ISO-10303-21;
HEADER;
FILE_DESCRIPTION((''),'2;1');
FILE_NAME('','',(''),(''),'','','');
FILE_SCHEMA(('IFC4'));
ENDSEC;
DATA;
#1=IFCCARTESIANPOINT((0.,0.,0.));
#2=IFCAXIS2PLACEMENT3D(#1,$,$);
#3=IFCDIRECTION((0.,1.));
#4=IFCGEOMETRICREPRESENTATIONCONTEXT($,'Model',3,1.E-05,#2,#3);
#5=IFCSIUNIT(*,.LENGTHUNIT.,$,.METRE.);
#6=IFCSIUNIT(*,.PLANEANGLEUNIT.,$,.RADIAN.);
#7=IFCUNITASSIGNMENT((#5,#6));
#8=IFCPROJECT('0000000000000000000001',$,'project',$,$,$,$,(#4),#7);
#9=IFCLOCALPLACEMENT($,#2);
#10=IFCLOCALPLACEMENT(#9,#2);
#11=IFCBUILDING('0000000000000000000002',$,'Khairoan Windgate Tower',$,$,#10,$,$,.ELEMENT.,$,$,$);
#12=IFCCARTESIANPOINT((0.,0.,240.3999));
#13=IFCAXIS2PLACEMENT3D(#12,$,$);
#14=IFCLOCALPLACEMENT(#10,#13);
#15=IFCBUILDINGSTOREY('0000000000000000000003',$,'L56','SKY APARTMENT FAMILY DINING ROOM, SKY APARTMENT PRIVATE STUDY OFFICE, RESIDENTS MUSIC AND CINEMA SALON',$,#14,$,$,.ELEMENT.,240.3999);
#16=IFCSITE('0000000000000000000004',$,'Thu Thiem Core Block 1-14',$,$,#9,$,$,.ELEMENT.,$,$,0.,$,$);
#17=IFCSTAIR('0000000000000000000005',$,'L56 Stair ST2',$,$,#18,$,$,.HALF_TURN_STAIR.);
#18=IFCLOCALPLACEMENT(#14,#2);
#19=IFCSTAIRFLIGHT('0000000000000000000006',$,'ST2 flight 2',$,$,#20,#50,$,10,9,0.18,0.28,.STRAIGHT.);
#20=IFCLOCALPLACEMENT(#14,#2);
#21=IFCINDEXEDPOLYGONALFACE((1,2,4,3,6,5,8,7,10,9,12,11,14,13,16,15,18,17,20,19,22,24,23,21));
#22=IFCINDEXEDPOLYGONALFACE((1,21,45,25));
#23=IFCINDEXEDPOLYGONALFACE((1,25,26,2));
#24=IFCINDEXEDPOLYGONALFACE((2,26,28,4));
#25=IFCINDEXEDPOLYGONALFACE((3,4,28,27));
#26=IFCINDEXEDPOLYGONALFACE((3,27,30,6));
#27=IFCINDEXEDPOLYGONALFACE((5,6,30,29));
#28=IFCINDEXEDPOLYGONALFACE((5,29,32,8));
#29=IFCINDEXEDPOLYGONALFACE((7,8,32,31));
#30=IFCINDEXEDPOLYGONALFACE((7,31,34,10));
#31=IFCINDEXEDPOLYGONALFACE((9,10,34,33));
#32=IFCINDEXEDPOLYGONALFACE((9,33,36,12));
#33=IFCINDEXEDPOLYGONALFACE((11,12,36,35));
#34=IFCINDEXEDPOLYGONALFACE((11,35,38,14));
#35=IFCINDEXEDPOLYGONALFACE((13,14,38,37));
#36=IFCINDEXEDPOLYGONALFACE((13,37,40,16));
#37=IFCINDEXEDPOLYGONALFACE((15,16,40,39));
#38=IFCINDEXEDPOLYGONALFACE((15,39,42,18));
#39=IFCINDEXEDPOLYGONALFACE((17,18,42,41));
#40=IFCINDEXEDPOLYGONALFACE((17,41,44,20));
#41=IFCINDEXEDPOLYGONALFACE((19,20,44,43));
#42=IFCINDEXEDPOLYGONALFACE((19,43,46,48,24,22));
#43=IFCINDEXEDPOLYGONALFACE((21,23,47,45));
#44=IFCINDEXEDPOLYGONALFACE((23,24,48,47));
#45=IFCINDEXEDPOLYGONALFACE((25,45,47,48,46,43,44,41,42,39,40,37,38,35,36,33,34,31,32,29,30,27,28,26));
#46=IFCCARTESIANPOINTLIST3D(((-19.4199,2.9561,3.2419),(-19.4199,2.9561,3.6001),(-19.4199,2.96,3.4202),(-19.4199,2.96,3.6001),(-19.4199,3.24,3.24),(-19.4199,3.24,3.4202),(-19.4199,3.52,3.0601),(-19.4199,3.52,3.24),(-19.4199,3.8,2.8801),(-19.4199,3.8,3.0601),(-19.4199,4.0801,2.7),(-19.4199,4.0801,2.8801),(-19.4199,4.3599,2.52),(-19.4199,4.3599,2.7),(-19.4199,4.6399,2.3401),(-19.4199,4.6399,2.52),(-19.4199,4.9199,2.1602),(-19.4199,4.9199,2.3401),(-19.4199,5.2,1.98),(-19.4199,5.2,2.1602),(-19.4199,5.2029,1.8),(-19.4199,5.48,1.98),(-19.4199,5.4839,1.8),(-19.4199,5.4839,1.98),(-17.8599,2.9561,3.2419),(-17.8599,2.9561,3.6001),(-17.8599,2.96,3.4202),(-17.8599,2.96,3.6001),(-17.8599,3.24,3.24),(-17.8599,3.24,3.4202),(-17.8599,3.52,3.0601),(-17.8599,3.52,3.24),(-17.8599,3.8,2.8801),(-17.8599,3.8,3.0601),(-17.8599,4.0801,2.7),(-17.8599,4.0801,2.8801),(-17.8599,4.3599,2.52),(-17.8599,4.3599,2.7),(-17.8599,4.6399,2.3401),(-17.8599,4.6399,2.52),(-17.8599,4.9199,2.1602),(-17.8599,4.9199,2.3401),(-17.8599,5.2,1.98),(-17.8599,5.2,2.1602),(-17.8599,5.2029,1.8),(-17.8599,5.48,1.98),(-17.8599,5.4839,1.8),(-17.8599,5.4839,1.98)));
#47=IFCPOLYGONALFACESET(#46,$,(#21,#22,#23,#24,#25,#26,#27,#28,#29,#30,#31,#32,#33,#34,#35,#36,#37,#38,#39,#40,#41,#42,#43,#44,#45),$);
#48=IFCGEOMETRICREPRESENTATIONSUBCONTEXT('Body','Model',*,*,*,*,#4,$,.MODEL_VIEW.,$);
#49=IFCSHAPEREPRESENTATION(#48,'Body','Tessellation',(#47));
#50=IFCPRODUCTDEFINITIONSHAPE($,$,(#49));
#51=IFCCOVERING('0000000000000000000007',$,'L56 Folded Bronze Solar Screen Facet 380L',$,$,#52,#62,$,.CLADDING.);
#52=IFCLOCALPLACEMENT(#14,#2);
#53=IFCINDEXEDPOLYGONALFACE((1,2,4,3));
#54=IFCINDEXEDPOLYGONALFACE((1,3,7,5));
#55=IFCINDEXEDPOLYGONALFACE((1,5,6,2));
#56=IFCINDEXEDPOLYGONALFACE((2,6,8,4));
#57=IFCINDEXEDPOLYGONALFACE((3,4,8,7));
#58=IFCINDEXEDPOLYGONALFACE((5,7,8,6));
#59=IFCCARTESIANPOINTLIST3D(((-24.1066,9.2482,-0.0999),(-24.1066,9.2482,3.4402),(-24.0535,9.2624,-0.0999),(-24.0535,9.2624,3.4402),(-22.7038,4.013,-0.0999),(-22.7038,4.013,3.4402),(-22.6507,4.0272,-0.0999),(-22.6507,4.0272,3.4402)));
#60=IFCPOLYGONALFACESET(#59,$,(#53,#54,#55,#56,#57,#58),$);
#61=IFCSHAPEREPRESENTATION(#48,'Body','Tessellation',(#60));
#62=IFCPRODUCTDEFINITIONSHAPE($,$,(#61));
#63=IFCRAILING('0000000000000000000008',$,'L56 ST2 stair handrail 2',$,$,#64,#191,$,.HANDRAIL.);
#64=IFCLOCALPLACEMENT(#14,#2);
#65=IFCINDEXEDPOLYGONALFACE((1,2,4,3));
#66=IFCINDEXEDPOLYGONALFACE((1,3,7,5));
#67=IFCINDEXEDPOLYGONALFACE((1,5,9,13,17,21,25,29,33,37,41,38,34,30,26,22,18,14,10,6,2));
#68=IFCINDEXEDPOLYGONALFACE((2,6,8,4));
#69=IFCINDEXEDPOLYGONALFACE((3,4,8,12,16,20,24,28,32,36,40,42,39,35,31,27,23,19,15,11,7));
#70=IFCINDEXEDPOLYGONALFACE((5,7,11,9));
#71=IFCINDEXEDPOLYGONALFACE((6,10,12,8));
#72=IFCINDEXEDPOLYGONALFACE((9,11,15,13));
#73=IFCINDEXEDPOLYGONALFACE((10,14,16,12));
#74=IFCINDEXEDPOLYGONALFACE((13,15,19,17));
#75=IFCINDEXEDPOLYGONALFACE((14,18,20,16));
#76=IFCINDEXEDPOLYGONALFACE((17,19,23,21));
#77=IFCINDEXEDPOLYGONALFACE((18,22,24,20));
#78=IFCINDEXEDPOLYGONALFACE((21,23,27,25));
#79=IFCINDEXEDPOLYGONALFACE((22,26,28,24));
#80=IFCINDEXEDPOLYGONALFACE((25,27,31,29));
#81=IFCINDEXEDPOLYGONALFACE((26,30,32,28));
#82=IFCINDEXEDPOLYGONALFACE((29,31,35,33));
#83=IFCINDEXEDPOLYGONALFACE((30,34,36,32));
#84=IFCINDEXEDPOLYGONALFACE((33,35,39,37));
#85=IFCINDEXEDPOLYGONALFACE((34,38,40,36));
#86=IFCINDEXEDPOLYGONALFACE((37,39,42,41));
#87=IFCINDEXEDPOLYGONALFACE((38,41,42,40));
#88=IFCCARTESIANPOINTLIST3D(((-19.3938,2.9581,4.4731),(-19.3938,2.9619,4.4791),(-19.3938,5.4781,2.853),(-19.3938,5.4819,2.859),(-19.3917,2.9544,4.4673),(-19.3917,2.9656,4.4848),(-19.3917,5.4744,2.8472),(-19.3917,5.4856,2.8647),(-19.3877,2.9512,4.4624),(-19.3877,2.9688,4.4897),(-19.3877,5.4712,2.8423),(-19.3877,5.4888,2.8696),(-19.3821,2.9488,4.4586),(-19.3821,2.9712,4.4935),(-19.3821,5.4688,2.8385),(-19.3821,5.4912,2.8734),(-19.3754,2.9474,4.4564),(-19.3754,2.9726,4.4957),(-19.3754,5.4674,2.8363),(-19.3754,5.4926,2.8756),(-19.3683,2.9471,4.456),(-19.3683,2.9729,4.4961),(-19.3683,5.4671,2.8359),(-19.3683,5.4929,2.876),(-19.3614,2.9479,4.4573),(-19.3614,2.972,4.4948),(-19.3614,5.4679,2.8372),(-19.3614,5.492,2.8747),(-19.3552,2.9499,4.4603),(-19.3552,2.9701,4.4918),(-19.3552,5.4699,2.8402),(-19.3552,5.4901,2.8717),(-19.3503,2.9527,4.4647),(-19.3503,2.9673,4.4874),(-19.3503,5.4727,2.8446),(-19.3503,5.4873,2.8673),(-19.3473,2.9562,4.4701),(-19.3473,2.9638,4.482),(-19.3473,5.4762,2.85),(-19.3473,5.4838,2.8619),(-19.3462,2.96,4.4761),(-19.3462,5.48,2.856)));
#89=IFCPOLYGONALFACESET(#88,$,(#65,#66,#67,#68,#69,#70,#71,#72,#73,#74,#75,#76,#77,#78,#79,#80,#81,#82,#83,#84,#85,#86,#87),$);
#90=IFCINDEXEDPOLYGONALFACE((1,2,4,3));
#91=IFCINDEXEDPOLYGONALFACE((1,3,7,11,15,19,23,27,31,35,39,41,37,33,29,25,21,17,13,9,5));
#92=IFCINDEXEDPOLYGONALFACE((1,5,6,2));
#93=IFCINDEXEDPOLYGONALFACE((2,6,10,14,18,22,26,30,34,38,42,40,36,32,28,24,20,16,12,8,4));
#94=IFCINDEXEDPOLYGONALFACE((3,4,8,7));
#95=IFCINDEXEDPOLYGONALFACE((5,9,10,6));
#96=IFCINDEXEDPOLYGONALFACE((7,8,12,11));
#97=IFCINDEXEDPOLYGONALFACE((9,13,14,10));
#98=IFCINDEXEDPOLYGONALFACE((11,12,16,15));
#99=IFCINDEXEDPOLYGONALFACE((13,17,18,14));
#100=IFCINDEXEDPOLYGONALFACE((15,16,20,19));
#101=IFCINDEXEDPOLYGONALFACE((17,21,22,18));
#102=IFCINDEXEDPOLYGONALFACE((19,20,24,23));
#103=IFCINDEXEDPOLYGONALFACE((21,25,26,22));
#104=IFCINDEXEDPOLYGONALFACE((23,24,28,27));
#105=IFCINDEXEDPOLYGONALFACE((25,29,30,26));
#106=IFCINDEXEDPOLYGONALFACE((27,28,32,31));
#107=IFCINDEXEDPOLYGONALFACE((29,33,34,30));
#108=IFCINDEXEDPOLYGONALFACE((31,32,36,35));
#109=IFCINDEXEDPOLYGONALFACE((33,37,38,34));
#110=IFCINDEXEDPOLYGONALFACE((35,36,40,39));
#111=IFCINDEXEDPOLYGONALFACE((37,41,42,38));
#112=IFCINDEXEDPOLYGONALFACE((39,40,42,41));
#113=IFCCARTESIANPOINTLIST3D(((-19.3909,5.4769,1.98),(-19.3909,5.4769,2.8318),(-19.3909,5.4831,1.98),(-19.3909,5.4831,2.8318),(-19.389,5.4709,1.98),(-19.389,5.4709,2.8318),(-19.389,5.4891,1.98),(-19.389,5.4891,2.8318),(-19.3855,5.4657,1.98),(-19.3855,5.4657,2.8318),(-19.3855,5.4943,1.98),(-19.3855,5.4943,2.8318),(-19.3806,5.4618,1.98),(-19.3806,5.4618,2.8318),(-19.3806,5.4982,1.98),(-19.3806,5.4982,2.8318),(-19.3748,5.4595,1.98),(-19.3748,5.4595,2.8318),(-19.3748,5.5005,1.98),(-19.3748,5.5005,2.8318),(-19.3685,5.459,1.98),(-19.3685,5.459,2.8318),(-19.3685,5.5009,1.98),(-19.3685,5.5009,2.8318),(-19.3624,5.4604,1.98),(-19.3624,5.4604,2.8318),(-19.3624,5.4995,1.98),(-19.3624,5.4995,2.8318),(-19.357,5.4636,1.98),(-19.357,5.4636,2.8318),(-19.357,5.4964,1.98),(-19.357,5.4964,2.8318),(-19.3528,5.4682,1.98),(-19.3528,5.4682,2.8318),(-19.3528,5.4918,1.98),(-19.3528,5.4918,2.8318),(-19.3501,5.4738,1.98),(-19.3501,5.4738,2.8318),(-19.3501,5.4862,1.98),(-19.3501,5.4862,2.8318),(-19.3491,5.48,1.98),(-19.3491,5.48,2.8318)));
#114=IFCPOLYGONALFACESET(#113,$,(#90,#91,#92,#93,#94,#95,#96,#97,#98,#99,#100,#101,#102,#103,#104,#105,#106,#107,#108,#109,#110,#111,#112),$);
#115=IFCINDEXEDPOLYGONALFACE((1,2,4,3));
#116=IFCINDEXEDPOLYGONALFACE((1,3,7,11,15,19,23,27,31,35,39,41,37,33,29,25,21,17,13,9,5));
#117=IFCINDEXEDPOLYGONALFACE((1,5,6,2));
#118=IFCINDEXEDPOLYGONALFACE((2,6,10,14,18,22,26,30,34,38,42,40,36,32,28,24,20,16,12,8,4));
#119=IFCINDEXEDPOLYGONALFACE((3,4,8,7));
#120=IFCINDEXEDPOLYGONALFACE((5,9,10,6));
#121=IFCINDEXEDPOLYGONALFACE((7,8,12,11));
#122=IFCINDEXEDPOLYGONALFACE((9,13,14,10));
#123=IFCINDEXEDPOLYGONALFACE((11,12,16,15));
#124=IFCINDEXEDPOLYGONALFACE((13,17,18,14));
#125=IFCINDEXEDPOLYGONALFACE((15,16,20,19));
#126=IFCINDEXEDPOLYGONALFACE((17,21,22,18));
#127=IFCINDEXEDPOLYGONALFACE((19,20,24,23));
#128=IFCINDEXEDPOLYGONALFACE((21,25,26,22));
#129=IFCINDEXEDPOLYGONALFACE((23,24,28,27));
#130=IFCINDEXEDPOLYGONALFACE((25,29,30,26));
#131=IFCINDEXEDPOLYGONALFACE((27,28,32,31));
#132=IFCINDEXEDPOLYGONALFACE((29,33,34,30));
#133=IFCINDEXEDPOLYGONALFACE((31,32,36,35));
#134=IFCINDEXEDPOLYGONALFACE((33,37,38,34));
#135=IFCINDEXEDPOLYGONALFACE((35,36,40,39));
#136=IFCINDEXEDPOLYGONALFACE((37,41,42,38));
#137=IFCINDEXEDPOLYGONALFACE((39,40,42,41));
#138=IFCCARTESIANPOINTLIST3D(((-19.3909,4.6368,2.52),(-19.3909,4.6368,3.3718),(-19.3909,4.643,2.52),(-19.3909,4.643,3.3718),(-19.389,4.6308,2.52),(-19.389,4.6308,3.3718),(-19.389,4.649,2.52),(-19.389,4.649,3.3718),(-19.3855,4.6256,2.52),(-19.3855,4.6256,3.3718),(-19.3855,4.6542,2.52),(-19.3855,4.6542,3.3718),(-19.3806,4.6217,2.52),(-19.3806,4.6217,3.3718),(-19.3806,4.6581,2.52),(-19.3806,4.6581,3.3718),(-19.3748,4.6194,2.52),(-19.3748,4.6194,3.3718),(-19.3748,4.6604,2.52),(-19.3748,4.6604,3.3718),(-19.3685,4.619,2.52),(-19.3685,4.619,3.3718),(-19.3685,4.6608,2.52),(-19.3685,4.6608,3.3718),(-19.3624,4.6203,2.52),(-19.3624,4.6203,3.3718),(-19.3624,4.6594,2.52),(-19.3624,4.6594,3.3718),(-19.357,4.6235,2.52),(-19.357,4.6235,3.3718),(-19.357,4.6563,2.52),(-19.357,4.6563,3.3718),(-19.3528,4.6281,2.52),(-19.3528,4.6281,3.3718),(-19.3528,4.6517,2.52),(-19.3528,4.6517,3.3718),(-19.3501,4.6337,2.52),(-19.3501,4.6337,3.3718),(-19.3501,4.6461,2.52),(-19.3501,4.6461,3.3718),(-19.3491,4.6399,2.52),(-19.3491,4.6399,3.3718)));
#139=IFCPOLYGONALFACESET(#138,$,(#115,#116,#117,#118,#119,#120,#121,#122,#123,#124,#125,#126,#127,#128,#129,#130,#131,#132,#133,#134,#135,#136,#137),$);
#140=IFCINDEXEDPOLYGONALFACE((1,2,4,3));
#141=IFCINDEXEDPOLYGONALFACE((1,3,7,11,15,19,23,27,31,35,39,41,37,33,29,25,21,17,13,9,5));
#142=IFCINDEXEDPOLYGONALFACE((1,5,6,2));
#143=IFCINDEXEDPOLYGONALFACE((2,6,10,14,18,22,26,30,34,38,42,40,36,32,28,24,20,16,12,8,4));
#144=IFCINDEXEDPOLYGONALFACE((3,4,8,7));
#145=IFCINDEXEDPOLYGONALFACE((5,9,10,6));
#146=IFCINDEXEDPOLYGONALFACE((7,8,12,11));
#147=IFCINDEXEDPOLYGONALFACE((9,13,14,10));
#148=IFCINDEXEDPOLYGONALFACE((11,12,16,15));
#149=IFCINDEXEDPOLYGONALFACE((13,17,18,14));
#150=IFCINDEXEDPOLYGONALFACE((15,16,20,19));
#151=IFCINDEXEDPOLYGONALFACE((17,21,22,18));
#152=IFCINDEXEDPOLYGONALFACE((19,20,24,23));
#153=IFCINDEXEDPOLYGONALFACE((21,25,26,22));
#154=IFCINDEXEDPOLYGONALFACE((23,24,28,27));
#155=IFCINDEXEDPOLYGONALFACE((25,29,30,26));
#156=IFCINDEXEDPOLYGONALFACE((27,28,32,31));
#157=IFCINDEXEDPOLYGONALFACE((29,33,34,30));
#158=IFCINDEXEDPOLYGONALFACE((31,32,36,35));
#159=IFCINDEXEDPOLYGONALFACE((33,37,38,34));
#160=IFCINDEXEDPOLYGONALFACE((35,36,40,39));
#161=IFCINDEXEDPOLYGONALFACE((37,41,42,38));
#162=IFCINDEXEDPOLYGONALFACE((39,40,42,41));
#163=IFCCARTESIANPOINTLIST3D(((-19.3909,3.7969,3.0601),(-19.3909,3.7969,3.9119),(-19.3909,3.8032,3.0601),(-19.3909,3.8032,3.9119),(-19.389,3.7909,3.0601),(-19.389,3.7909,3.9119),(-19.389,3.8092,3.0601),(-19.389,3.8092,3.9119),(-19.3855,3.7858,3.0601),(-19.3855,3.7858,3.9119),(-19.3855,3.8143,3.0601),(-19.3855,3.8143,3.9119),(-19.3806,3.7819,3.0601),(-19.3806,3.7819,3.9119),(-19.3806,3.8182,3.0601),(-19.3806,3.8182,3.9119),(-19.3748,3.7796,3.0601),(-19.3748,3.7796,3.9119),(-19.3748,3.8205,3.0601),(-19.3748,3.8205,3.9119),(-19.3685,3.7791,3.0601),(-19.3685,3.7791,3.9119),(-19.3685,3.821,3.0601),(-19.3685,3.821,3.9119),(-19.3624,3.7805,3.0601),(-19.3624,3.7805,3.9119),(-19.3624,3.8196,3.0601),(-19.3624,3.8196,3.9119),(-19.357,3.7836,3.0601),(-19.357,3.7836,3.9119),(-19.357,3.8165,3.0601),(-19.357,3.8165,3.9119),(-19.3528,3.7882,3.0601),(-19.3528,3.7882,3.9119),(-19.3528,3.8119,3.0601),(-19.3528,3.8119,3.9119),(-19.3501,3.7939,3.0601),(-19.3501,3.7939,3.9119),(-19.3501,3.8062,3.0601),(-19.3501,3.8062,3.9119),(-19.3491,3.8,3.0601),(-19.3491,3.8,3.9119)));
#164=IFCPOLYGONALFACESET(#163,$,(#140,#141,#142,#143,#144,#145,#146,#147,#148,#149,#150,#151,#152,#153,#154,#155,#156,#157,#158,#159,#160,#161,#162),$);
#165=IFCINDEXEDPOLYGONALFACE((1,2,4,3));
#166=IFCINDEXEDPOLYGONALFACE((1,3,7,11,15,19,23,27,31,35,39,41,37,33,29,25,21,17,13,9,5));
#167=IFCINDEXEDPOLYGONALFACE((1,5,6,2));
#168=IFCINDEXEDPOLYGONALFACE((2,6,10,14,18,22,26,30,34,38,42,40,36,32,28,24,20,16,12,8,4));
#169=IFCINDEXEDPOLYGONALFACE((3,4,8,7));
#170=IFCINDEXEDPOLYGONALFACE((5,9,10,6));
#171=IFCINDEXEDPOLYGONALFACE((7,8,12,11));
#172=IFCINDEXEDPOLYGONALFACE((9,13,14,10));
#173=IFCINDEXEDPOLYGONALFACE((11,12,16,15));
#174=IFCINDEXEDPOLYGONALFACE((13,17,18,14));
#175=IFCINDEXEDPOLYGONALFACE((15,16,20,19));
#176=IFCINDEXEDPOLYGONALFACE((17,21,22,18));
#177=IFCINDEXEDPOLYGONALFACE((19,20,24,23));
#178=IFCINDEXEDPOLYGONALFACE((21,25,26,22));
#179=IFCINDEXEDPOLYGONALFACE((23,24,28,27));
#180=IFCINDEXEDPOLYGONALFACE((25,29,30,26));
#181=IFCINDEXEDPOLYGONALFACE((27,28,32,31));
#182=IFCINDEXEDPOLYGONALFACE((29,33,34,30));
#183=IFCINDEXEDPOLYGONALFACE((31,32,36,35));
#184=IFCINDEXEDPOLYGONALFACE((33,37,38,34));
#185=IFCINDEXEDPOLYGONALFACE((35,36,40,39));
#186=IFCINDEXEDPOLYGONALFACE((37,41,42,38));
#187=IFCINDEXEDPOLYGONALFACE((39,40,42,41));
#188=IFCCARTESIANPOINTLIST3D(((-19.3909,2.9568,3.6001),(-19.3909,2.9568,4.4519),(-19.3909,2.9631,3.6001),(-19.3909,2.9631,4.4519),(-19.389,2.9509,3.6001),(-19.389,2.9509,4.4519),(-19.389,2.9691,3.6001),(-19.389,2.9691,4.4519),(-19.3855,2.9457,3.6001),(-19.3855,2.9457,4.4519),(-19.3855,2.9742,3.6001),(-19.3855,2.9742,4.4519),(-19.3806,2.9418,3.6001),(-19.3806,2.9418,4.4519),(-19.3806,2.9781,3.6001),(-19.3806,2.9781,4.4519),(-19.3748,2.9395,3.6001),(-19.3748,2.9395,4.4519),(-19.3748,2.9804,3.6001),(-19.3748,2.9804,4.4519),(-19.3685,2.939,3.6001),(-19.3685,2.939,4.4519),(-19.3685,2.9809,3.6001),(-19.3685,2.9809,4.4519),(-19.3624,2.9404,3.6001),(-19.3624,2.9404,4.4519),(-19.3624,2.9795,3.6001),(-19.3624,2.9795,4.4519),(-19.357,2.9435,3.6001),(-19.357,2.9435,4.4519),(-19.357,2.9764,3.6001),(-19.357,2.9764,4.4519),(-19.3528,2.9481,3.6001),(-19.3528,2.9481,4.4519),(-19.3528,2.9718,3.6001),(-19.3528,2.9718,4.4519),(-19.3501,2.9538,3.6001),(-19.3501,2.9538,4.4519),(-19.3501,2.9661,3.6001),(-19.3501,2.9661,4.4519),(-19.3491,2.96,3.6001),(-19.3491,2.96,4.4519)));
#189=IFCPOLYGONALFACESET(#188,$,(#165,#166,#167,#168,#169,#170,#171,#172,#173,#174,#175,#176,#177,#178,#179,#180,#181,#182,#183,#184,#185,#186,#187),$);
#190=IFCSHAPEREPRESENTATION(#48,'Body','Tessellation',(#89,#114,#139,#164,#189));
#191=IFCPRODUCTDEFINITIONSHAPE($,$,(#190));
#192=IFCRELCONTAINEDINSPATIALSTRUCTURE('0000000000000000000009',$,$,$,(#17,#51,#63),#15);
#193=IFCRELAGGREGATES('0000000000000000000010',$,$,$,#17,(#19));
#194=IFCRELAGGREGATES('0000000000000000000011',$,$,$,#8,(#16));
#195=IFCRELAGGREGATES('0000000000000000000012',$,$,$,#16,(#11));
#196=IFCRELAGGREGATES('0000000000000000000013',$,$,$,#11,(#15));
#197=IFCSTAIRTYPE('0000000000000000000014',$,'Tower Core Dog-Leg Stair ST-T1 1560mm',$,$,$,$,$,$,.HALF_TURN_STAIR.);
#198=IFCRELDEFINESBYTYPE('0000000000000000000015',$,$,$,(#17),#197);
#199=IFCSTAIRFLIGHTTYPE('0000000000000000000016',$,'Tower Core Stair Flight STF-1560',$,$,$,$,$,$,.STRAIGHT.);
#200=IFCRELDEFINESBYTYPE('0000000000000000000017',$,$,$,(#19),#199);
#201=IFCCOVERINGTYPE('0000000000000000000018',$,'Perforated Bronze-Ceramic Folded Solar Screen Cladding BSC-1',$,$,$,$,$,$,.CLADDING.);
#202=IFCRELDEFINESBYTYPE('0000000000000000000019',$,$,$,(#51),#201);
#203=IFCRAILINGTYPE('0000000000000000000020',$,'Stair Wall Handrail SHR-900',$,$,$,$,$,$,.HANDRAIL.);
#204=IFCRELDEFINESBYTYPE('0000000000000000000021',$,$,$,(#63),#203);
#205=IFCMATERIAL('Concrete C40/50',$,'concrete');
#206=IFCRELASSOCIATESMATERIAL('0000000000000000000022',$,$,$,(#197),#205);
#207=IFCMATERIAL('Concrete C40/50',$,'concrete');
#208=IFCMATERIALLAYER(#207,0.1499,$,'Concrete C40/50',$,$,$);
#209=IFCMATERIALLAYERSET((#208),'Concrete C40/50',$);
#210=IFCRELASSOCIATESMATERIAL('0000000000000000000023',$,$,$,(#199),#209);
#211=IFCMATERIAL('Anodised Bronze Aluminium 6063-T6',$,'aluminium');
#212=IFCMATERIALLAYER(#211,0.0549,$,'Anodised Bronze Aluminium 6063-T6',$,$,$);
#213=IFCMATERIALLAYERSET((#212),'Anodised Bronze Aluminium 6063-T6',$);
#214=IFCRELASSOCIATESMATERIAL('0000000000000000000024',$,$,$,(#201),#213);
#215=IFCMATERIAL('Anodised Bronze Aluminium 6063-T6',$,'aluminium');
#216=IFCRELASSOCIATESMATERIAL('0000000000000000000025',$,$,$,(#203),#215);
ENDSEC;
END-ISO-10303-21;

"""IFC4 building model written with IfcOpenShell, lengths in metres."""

from ifc_helpers import new_model, si_unit, direction, frame, origin, origin_2d, place, context, subcontext, project, spatial, polyline, rectangle, circle, outline, extrude, material, layer, layer_set, type_object, element, aggregate, save


model = new_model("IFC4")

# Units and contexts
model_context = context("Model", 3, precision=1e-05, world=origin(), true_north=direction((0.0, 1.0)))
body_context = subcontext(model_context, "Body", "Model", "MODEL_VIEW")
ifc_project = project(units=[si_unit("LENGTHUNIT", "METRE"), si_unit("PLANEANGLEUNIT", "RADIAN")], contexts=[model_context])

# Site, building, storey
site_placement = place(None, origin())
site = spatial("IfcSite", under=ifc_project, at=site_placement, Name="Thu Thiem Core Block 1-14", CompositionType="ELEMENT", RefElevation=0.0)
building_placement = place(site_placement, origin())
building = spatial("IfcBuilding", under=site, at=building_placement, Name="Khairoan Windgate Tower", CompositionType="ELEMENT")
storey_placement = place(building_placement, frame((0.0, 0.0, 240.3999)))
storey = spatial("IfcBuildingStorey", under=building, at=storey_placement, Name="L56", Description="SKY APARTMENT FAMILY DINING ROOM, SKY APARTMENT PRIVATE STUDY OFFICE, RESIDENTS MUSIC AND CINEMA SALON", CompositionType="ELEMENT", Elevation=240.3999)

# Stair, stair flight
ifc_material_1 = material(Name="Concrete C40/50", Category="concrete")
stair_type = type_object("IfcStairType", Name="Tower Core Dog-Leg Stair ST-T1 1560mm", PredefinedType="HALF_TURN_STAIR", material=ifc_material_1)
stair_placement = place(storey_placement, origin())
stair = element("IfcStair", 1, at=stair_placement, inside=storey, type_object=stair_type, Name="L56 Stair ST2", PredefinedType="HALF_TURN_STAIR")
ifc_material_2 = material(Name="Concrete C40/50", Category="concrete")
ifc_layer_1 = layer(ifc_material_2, 0.1499, Name="Concrete C40/50")
ifc_layer_set_1 = layer_set([ifc_layer_1], Name="Concrete C40/50")
stair_flight_type = type_object("IfcStairFlightType", Name="Tower Core Stair Flight STF-1560", PredefinedType="STRAIGHT", material=ifc_layer_set_1)
stair_flight_placement = place(storey_placement, frame((-18.6399, 5.48, 1.8), z_axis=(0.0, 0.0, 1.0), x_axis=(0.0, -1.0, 0.0)))
stair_flight = element("IfcStairFlight", 2, at=stair_flight_placement, type_object=stair_flight_type, Name="ST2 flight 2", NumberOfRisers=10, NumberOfTreads=9, PredefinedType="STRAIGHT", RiserHeight=0.18, TreadLength=0.28, context=body_context, shape_type="SweptSolid", body=[
    extrude(outline(polyline([(-0.0039, 0.0), (-0.0039, 0.1799), (0.0, 0.1799), (0.28, 0.1799), (0.28, 0.3601), (0.5601, 0.3601), (0.5601, 0.54), (0.8401, 0.54), (0.8401, 0.72), (1.1201, 0.72), (1.1201, 0.8999), (1.3999, 0.8999), (1.3999, 1.0801), (1.6799, 1.0801), (1.6799, 1.26), (1.96, 1.26), (1.96, 1.4399), (2.24, 1.4399), (2.24, 1.6201), (2.52, 1.6201), (2.52, 1.8), (2.5239, 1.8), (2.5239, 1.4419), (0.2771, 0.0), (-0.0039, 0.0)])), frame((0.0, 0.78, 0.0), z_axis=(0.0, -1.0, 0.0), x_axis=(1.0, 0.0, 0.0)), (0.0, 0.0, 1.0), 1.5601),
])
aggregate(stair, [stair_flight])

# Covering
ifc_material_3 = material(Name="Anodised Bronze Aluminium 6063-T6", Category="aluminium")
ifc_layer_2 = layer(ifc_material_3, 0.0549, Name="Anodised Bronze Aluminium 6063-T6")
ifc_layer_set_2 = layer_set([ifc_layer_2], Name="Anodised Bronze Aluminium 6063-T6")
covering_type = type_object("IfcCoveringType", Name="Perforated Bronze-Ceramic Folded Solar Screen Cladding BSC-1", PredefinedType="CLADDING", material=ifc_layer_set_2)
covering_placement = place(storey_placement, frame((-23.3787, 6.6377, -0.0999), z_axis=(0.0, 0.0, 1.0), x_axis=(-0.258819, 0.965926, 0.0)))
element("IfcCovering", 3, at=covering_placement, inside=storey, type_object=covering_type, Name="L56 Folded Bronze Solar Screen Facet 380L", PredefinedType="CLADDING", context=body_context, shape_type="SweptSolid", body=[
    extrude(rectangle(XDim=5.4199, YDim=0.0549, at=origin_2d()), origin(), (0.0, 0.0, 1.0), 3.54),
])

# Railing
ifc_material_4 = material(Name="Anodised Bronze Aluminium 6063-T6", Category="aluminium")
railing_type_1 = type_object("IfcRailingType", Name="Stair Wall Handrail SHR-900", PredefinedType="HANDRAIL", material=ifc_material_4)
railing_1_placement = place(storey_placement, frame((-19.3701, 5.48, 1.98)))
element("IfcRailing", 4, at=railing_1_placement, inside=storey, type_object=railing_type_1, Name="L56 ST2 stair handrail 2", PredefinedType="HANDRAIL", context=body_context, shape_type="SweptSolid", body=[
    extrude(circle(Radius=0.0239, at=origin_2d()), frame((0.0, 0.0, 0.876), z_axis=(0.0, -0.841163, 0.540782), x_axis=(1.0, 0.0, 0.0)), (0.0, 0.0, 1.0), 2.9958),
    extrude(circle(Radius=0.021, at=origin_2d()), origin(), (0.0, 0.0, 1.0), 0.8518),
    extrude(circle(Radius=0.021, at=origin_2d()), frame((0.0, -0.8401, 0.54)), (0.0, 0.0, 1.0), 0.8518),
    extrude(circle(Radius=0.021, at=origin_2d()), frame((0.0, -1.6799, 1.0801)), (0.0, 0.0, 1.0), 0.8518),
    extrude(circle(Radius=0.021, at=origin_2d()), frame((0.0, -2.52, 1.6201)), (0.0, 0.0, 1.0), 0.8518),
])

save(model, "model.ifc")
